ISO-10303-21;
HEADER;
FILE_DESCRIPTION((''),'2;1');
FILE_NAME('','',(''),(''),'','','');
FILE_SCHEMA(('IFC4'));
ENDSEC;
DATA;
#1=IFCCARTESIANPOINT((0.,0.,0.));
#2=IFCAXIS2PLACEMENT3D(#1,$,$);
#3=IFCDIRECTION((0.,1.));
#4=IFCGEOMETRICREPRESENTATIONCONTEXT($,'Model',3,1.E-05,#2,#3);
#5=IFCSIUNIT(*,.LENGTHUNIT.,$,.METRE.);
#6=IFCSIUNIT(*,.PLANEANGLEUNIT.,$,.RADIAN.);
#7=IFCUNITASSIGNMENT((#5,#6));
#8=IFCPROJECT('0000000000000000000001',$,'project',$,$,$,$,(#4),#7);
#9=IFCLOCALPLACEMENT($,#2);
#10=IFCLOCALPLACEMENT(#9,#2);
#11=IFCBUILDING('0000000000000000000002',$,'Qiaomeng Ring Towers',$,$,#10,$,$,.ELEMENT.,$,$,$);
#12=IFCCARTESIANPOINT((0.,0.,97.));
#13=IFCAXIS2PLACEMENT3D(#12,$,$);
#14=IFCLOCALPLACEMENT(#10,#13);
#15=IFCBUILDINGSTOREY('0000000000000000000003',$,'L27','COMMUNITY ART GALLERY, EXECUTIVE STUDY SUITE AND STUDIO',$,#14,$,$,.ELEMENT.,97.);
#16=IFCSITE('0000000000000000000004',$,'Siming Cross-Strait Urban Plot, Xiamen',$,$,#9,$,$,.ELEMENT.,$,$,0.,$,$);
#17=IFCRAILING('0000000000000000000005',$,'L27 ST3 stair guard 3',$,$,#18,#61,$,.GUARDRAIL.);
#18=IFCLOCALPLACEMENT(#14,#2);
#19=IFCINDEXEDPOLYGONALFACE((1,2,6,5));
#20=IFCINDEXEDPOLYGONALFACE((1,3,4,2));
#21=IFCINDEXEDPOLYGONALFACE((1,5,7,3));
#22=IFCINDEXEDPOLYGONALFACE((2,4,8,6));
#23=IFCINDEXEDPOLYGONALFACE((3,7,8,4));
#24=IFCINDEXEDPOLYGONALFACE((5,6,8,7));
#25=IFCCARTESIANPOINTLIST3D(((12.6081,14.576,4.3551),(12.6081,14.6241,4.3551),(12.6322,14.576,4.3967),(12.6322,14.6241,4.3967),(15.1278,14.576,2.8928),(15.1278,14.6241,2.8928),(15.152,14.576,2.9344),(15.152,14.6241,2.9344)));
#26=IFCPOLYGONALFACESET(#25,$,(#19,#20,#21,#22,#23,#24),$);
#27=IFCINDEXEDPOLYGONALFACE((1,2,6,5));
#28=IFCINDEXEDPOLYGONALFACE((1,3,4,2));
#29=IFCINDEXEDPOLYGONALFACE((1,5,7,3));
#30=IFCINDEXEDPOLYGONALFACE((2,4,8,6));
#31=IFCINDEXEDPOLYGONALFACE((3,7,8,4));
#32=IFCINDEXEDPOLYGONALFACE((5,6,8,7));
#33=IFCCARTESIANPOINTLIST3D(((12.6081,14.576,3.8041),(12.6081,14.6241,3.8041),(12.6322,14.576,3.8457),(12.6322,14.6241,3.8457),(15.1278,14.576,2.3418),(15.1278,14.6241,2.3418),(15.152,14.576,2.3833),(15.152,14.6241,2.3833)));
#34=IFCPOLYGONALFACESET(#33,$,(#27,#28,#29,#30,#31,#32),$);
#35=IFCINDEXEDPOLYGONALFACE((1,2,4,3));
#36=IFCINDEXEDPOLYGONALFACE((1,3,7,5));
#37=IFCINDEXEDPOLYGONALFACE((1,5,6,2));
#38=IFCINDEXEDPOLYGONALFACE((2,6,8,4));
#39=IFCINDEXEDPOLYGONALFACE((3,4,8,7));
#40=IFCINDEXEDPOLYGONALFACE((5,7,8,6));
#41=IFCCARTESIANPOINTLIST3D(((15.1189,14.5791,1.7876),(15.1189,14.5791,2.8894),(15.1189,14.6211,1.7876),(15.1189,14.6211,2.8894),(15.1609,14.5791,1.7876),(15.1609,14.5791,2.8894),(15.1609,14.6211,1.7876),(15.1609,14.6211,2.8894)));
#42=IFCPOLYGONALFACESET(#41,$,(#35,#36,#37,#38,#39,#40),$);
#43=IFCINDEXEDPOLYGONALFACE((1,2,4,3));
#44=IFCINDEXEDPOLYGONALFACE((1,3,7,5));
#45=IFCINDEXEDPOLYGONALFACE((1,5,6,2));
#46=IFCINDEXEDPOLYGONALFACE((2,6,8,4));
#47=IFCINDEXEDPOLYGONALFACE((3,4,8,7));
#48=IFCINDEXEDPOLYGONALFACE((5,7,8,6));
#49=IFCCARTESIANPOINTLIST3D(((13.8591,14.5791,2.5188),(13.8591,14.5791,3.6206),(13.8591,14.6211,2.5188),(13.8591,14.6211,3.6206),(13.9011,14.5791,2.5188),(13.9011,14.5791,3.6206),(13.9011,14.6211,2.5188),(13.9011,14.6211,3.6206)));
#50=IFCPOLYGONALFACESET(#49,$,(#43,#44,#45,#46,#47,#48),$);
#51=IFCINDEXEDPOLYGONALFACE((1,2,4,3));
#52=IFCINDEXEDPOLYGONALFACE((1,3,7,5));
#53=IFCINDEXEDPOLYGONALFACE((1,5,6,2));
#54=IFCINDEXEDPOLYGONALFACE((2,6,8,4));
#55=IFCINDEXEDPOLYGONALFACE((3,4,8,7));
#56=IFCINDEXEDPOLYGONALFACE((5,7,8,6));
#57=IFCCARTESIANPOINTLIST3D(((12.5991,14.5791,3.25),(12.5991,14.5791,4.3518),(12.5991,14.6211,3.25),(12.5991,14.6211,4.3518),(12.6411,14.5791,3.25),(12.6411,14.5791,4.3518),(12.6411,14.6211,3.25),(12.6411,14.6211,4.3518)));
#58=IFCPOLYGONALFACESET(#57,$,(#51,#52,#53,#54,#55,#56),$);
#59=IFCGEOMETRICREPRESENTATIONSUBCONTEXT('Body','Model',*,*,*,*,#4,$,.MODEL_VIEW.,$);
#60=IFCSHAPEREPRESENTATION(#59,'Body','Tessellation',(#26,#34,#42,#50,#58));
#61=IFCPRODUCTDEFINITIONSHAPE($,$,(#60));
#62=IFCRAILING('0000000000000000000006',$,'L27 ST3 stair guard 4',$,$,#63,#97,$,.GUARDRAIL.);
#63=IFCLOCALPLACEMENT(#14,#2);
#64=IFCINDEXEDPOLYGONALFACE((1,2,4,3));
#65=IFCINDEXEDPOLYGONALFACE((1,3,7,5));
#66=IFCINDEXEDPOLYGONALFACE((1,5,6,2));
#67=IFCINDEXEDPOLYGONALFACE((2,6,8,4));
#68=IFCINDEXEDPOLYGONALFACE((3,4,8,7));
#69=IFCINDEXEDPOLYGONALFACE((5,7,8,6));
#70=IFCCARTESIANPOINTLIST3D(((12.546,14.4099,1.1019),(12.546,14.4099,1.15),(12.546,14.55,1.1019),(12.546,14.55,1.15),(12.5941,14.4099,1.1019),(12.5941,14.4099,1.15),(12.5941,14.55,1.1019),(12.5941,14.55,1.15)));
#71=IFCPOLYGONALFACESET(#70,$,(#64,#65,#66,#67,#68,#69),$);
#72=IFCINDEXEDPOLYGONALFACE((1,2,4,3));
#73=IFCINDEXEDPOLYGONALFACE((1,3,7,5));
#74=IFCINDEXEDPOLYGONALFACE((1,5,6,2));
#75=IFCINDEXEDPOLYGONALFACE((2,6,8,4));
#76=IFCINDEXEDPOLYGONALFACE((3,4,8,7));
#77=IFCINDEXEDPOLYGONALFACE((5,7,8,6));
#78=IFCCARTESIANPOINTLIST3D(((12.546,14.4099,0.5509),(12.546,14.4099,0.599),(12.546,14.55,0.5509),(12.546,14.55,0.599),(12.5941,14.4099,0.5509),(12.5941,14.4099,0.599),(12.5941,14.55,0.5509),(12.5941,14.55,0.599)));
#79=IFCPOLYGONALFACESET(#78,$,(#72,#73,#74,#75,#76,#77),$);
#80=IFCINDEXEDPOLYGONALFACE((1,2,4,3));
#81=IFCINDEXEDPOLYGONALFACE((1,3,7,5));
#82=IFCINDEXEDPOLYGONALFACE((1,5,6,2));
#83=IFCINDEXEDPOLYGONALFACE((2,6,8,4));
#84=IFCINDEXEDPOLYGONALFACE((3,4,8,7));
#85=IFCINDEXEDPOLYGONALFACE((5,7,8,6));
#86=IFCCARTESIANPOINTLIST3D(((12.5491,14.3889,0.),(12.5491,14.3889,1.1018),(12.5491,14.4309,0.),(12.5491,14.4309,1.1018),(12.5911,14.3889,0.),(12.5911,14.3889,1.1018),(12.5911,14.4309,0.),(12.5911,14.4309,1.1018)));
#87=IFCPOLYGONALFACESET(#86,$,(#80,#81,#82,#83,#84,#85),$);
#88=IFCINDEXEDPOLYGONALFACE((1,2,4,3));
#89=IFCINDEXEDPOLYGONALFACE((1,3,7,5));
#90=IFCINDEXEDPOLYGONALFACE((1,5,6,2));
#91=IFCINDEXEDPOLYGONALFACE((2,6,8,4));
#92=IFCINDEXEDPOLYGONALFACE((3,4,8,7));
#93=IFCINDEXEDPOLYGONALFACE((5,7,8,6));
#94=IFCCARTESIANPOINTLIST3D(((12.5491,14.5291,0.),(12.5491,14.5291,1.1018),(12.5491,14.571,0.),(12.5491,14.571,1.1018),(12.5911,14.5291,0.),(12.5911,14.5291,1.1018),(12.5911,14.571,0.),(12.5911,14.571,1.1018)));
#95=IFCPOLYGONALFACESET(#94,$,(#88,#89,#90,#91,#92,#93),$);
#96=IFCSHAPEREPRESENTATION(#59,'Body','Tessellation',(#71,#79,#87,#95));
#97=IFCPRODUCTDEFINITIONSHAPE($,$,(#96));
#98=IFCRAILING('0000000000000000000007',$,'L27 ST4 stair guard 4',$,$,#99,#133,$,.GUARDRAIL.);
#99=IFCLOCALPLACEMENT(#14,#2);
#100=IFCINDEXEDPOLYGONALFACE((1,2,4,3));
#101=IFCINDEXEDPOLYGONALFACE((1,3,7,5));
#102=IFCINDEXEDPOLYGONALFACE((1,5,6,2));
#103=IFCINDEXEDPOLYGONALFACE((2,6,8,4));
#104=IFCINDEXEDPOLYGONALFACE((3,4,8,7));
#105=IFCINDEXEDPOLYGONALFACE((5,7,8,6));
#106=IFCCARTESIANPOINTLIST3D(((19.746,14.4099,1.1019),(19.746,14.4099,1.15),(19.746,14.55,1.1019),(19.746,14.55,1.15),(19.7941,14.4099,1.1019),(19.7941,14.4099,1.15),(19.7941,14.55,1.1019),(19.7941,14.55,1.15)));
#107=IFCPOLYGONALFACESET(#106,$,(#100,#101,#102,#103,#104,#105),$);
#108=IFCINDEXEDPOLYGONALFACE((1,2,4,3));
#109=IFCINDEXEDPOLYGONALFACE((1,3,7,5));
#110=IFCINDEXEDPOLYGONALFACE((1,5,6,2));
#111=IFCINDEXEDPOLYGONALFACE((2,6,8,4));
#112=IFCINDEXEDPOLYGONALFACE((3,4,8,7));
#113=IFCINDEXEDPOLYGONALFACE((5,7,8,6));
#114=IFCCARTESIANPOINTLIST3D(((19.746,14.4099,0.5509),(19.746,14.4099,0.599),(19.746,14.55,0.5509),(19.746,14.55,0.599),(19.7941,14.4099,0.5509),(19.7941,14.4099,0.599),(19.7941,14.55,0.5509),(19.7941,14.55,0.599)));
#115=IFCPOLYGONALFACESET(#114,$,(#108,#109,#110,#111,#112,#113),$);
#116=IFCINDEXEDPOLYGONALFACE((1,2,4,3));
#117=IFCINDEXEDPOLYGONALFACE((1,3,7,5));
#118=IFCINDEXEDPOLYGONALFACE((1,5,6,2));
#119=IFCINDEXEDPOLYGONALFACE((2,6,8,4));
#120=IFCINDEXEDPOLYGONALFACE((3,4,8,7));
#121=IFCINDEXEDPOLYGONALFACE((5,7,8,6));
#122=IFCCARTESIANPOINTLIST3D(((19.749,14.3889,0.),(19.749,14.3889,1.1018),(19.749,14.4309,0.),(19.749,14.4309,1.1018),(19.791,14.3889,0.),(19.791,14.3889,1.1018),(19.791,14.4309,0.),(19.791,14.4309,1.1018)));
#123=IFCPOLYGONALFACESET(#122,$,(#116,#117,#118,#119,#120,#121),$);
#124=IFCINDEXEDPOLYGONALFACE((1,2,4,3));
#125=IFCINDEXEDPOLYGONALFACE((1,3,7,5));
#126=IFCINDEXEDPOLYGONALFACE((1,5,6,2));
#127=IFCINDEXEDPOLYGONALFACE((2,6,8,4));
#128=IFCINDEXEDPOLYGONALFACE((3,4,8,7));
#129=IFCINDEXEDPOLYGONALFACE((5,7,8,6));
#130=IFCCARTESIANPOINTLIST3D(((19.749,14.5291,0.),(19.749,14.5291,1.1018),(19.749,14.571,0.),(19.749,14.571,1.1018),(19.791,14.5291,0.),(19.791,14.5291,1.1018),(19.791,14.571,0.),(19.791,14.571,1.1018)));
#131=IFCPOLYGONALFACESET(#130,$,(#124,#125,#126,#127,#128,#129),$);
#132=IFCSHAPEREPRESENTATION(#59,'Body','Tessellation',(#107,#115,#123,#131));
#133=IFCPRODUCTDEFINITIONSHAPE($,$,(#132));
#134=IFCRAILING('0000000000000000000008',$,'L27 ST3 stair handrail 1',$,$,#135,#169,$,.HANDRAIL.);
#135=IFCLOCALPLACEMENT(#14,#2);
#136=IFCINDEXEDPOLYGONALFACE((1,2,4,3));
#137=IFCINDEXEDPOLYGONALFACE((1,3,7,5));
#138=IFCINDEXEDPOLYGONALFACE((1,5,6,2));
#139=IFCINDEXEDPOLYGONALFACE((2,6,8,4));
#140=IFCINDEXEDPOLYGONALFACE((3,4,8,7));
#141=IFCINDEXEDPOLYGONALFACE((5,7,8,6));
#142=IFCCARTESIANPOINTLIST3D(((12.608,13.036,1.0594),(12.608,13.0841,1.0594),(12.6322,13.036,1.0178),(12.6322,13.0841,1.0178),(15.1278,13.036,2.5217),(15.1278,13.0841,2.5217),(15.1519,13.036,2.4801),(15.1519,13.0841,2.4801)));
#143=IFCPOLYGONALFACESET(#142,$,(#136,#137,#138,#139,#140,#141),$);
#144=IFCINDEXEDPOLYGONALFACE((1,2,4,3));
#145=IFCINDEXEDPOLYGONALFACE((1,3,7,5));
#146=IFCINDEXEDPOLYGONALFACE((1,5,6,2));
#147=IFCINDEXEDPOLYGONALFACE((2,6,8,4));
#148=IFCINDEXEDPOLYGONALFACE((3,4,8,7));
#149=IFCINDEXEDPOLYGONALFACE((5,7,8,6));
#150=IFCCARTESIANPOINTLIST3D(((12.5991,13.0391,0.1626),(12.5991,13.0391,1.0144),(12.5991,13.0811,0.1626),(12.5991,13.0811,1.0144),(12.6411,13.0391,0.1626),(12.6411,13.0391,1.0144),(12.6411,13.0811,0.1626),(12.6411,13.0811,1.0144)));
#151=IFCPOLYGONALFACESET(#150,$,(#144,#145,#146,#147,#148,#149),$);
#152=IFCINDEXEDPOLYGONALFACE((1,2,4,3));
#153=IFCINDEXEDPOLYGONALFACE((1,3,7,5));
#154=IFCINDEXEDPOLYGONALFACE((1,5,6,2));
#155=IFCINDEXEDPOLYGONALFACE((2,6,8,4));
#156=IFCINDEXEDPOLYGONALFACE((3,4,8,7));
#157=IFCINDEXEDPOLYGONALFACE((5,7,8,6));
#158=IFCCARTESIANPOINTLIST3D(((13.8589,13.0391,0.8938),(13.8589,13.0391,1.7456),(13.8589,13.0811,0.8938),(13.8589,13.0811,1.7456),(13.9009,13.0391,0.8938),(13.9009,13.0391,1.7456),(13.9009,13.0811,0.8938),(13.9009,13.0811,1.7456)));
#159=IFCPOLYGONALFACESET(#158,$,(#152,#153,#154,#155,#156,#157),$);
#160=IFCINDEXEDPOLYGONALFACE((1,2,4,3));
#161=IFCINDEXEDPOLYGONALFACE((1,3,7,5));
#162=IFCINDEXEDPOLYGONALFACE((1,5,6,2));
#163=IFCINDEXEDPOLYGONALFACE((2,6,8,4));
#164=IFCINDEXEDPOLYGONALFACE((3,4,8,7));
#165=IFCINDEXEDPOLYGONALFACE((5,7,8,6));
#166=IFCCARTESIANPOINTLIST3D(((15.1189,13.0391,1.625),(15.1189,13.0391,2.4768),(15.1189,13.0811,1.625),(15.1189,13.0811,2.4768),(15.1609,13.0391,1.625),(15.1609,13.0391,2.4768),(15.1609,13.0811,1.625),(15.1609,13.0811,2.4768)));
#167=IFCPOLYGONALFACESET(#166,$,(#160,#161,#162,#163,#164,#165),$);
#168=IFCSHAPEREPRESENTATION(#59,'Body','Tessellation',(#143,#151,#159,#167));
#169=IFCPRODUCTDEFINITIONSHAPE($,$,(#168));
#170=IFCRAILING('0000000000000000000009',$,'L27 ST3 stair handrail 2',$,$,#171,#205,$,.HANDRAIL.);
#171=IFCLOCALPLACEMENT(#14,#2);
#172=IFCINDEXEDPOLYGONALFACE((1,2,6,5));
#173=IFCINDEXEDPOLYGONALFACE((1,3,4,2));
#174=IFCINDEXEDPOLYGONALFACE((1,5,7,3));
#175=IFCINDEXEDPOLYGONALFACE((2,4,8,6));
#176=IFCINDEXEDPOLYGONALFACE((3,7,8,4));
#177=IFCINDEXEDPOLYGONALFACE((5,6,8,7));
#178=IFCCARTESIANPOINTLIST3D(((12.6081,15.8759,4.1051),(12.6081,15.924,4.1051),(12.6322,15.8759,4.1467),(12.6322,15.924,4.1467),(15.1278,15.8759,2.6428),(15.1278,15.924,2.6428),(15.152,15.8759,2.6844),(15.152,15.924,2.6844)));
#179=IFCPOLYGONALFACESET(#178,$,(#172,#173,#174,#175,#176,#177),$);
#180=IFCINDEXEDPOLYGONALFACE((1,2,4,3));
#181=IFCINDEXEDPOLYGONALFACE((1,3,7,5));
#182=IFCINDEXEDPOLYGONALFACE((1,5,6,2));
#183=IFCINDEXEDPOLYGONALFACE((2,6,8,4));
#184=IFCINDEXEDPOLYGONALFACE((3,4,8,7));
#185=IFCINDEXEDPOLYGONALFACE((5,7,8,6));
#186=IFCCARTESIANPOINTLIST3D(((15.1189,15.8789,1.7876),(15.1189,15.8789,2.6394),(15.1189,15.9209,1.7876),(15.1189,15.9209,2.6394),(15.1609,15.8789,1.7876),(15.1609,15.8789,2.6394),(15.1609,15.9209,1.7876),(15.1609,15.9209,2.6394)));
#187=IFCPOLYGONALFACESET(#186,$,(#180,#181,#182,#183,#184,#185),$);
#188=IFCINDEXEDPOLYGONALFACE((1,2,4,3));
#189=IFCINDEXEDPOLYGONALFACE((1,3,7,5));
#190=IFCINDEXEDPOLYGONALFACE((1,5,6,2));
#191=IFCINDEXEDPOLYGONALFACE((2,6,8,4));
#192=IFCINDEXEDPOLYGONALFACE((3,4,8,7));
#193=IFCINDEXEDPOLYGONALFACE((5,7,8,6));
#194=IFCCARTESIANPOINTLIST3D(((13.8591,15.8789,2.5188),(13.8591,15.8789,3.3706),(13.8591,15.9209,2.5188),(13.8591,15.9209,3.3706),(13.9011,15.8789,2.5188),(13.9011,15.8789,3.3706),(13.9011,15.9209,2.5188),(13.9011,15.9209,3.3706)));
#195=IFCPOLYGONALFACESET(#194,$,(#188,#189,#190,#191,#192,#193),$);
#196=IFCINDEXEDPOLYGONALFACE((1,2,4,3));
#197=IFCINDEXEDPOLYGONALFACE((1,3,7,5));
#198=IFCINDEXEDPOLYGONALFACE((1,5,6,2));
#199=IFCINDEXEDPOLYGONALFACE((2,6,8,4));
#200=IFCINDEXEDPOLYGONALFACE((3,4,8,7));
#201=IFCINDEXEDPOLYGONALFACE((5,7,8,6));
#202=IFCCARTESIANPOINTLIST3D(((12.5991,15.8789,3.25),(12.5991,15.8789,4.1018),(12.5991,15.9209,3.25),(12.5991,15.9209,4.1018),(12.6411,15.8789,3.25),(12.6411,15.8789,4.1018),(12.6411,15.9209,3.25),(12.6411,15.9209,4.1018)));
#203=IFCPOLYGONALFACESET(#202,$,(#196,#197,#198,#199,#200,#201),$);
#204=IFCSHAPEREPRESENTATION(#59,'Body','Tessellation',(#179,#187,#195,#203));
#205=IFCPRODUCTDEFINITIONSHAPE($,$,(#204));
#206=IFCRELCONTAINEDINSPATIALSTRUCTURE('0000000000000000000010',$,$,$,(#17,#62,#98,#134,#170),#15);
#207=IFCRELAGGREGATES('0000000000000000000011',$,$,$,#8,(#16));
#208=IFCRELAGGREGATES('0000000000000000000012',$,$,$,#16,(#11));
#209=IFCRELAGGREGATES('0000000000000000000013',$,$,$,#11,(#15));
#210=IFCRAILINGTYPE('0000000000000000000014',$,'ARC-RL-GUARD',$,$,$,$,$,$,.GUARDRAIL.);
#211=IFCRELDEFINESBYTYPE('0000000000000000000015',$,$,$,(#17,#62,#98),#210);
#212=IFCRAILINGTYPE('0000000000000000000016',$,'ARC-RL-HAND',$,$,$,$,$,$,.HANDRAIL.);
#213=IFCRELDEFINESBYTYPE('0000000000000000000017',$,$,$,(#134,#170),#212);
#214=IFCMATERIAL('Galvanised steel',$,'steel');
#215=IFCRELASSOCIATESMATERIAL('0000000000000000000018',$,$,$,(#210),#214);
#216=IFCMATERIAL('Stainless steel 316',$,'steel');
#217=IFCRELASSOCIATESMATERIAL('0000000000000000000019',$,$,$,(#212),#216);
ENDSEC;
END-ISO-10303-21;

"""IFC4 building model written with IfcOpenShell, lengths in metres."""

from ifc_helpers import new_model, si_unit, direction, frame, origin, origin_2d, place, context, subcontext, project, spatial, rectangle, extrude, material, type_object, element, save


model = new_model("IFC4")

# Units and contexts
model_context = context("Model", 3, precision=1e-05, world=origin(), true_north=direction((0.0, 1.0)))
body_context = subcontext(model_context, "Body", "Model", "MODEL_VIEW")
ifc_project = project(units=[si_unit("LENGTHUNIT", "METRE"), si_unit("PLANEANGLEUNIT", "RADIAN")], contexts=[model_context])

# Site, building, storey
site_placement = place(None, origin())
site = spatial("IfcSite", under=ifc_project, at=site_placement, Name="Siming Cross-Strait Urban Plot, Xiamen", CompositionType="ELEMENT", RefElevation=0.0)
building_placement = place(site_placement, origin())
building = spatial("IfcBuilding", under=site, at=building_placement, Name="Qiaomeng Ring Towers", CompositionType="ELEMENT")
storey_placement = place(building_placement, frame((0.0, 0.0, 97.0)))
storey = spatial("IfcBuildingStorey", under=building, at=storey_placement, Name="L27", Description="COMMUNITY ART GALLERY, EXECUTIVE STUDY SUITE AND STUDIO", CompositionType="ELEMENT", Elevation=97.0)

# Shared definitions
ifc_material_1 = material(Name="Galvanised steel", Category="steel")

# Railings
railing_type_1 = type_object("IfcRailingType", Name="ARC-RL-GUARD", PredefinedType="GUARDRAIL", material=ifc_material_1)
railing_1_placement = place(storey_placement, frame((15.1399, 14.6001, 1.7876)))
element("IfcRailing", 1, at=railing_1_placement, inside=storey, type_object=railing_type_1, Name="L27 ST3 stair guard 3", PredefinedType="GUARDRAIL", context=body_context, shape_type="SweptSolid", body=[
    extrude(rectangle(XDim=0.0481, YDim=0.0481, at=origin_2d()), frame((0.0, 0.0, 1.126), z_axis=(-0.864892, 0.0, 0.501958), x_axis=(0.0, -1.0, 0.0)), (0.0, 0.0, 1.0), 2.9133),
    extrude(rectangle(XDim=0.0481, YDim=0.0481, at=origin_2d()), frame((0.0, 0.0, 0.575), z_axis=(-0.864892, 0.0, 0.501958), x_axis=(0.0, -1.0, 0.0)), (0.0, 0.0, 1.0), 2.9133),
    extrude(rectangle(XDim=0.042, YDim=0.042, at=origin_2d()), origin(), (0.0, 0.0, 1.0), 1.1018),
    extrude(rectangle(XDim=0.042, YDim=0.042, at=origin_2d()), frame((-1.2598, 0.0, 0.7312)), (0.0, 0.0, 1.0), 1.1018),
    extrude(rectangle(XDim=0.042, YDim=0.042, at=origin_2d()), frame((-2.5198, 0.0, 1.4624)), (0.0, 0.0, 1.0), 1.1018),
])
for number, where, name in (
    (2, (12.5701, 14.4099, 0.0), "L27 ST3 stair guard 4"),
    (3, (19.77, 14.4099, 0.0), "L27 ST4 stair guard 4"),
):
    element("IfcRailing", number, at=place(storey_placement, frame(where)), inside=storey, type_object=railing_type_1, Name=name, PredefinedType="GUARDRAIL", context=body_context, shape_type="SweptSolid", body=[
        extrude(rectangle(XDim=0.0481, YDim=0.0481, at=origin_2d()), frame((0.0, 0.0, 1.126), z_axis=(0.0, 1.0, 0.0), x_axis=(-1.0, 0.0, 0.0)), (0.0, 0.0, 1.0), 0.1401),
        extrude(rectangle(XDim=0.0481, YDim=0.0481, at=origin_2d()), frame((0.0, 0.0, 0.575), z_axis=(0.0, 1.0, 0.0), x_axis=(-1.0, 0.0, 0.0)), (0.0, 0.0, 1.0), 0.1401),
        extrude(rectangle(XDim=0.042, YDim=0.042, at=origin_2d()), origin(), (0.0, 0.0, 1.0), 1.1018),
        extrude(rectangle(XDim=0.042, YDim=0.042, at=origin_2d()), frame((0.0, 0.1401, 0.0)), (0.0, 0.0, 1.0), 1.1018),
    ])
ifc_material_2 = material(Name="Stainless steel 316", Category="steel")
railing_type_2 = type_object("IfcRailingType", Name="ARC-RL-HAND", PredefinedType="HANDRAIL", material=ifc_material_2)
railing_2_placement = place(storey_placement, frame((12.6201, 13.0601, 0.1626)))
element("IfcRailing", 4, at=railing_2_placement, inside=storey, type_object=railing_type_2, Name="L27 ST3 stair handrail 1", PredefinedType="HANDRAIL", context=body_context, shape_type="SweptSolid", body=[
    extrude(rectangle(XDim=0.0481, YDim=0.0481, at=origin_2d()), frame((0.0, 0.0, 0.876), z_axis=(0.864892, 0.0, 0.501958), x_axis=(0.0, 1.0, 0.0)), (0.0, 0.0, 1.0), 2.9133),
    extrude(rectangle(XDim=0.042, YDim=0.042, at=origin_2d()), origin(), (0.0, 0.0, 1.0), 0.8518),
    extrude(rectangle(XDim=0.042, YDim=0.042, at=origin_2d()), frame((1.2598, 0.0, 0.7312)), (0.0, 0.0, 1.0), 0.8518),
    extrude(rectangle(XDim=0.042, YDim=0.042, at=origin_2d()), frame((2.5198, 0.0, 1.4624)), (0.0, 0.0, 1.0), 0.8518),
])
railing_3_placement = place(storey_placement, frame((15.1399, 15.8999, 1.7876)))
element("IfcRailing", 5, at=railing_3_placement, inside=storey, type_object=railing_type_2, Name="L27 ST3 stair handrail 2", PredefinedType="HANDRAIL", context=body_context, shape_type="SweptSolid", body=[
    extrude(rectangle(XDim=0.0481, YDim=0.0481, at=origin_2d()), frame((0.0, 0.0, 0.876), z_axis=(-0.864892, 0.0, 0.501958), x_axis=(0.0, -1.0, 0.0)), (0.0, 0.0, 1.0), 2.9133),
    extrude(rectangle(XDim=0.042, YDim=0.042, at=origin_2d()), origin(), (0.0, 0.0, 1.0), 0.8518),
    extrude(rectangle(XDim=0.042, YDim=0.042, at=origin_2d()), frame((-1.2598, 0.0, 0.7312)), (0.0, 0.0, 1.0), 0.8518),
    extrude(rectangle(XDim=0.042, YDim=0.042, at=origin_2d()), frame((-2.5198, 0.0, 1.4624)), (0.0, 0.0, 1.0), 0.8518),
])

save(model, "model.ifc")
